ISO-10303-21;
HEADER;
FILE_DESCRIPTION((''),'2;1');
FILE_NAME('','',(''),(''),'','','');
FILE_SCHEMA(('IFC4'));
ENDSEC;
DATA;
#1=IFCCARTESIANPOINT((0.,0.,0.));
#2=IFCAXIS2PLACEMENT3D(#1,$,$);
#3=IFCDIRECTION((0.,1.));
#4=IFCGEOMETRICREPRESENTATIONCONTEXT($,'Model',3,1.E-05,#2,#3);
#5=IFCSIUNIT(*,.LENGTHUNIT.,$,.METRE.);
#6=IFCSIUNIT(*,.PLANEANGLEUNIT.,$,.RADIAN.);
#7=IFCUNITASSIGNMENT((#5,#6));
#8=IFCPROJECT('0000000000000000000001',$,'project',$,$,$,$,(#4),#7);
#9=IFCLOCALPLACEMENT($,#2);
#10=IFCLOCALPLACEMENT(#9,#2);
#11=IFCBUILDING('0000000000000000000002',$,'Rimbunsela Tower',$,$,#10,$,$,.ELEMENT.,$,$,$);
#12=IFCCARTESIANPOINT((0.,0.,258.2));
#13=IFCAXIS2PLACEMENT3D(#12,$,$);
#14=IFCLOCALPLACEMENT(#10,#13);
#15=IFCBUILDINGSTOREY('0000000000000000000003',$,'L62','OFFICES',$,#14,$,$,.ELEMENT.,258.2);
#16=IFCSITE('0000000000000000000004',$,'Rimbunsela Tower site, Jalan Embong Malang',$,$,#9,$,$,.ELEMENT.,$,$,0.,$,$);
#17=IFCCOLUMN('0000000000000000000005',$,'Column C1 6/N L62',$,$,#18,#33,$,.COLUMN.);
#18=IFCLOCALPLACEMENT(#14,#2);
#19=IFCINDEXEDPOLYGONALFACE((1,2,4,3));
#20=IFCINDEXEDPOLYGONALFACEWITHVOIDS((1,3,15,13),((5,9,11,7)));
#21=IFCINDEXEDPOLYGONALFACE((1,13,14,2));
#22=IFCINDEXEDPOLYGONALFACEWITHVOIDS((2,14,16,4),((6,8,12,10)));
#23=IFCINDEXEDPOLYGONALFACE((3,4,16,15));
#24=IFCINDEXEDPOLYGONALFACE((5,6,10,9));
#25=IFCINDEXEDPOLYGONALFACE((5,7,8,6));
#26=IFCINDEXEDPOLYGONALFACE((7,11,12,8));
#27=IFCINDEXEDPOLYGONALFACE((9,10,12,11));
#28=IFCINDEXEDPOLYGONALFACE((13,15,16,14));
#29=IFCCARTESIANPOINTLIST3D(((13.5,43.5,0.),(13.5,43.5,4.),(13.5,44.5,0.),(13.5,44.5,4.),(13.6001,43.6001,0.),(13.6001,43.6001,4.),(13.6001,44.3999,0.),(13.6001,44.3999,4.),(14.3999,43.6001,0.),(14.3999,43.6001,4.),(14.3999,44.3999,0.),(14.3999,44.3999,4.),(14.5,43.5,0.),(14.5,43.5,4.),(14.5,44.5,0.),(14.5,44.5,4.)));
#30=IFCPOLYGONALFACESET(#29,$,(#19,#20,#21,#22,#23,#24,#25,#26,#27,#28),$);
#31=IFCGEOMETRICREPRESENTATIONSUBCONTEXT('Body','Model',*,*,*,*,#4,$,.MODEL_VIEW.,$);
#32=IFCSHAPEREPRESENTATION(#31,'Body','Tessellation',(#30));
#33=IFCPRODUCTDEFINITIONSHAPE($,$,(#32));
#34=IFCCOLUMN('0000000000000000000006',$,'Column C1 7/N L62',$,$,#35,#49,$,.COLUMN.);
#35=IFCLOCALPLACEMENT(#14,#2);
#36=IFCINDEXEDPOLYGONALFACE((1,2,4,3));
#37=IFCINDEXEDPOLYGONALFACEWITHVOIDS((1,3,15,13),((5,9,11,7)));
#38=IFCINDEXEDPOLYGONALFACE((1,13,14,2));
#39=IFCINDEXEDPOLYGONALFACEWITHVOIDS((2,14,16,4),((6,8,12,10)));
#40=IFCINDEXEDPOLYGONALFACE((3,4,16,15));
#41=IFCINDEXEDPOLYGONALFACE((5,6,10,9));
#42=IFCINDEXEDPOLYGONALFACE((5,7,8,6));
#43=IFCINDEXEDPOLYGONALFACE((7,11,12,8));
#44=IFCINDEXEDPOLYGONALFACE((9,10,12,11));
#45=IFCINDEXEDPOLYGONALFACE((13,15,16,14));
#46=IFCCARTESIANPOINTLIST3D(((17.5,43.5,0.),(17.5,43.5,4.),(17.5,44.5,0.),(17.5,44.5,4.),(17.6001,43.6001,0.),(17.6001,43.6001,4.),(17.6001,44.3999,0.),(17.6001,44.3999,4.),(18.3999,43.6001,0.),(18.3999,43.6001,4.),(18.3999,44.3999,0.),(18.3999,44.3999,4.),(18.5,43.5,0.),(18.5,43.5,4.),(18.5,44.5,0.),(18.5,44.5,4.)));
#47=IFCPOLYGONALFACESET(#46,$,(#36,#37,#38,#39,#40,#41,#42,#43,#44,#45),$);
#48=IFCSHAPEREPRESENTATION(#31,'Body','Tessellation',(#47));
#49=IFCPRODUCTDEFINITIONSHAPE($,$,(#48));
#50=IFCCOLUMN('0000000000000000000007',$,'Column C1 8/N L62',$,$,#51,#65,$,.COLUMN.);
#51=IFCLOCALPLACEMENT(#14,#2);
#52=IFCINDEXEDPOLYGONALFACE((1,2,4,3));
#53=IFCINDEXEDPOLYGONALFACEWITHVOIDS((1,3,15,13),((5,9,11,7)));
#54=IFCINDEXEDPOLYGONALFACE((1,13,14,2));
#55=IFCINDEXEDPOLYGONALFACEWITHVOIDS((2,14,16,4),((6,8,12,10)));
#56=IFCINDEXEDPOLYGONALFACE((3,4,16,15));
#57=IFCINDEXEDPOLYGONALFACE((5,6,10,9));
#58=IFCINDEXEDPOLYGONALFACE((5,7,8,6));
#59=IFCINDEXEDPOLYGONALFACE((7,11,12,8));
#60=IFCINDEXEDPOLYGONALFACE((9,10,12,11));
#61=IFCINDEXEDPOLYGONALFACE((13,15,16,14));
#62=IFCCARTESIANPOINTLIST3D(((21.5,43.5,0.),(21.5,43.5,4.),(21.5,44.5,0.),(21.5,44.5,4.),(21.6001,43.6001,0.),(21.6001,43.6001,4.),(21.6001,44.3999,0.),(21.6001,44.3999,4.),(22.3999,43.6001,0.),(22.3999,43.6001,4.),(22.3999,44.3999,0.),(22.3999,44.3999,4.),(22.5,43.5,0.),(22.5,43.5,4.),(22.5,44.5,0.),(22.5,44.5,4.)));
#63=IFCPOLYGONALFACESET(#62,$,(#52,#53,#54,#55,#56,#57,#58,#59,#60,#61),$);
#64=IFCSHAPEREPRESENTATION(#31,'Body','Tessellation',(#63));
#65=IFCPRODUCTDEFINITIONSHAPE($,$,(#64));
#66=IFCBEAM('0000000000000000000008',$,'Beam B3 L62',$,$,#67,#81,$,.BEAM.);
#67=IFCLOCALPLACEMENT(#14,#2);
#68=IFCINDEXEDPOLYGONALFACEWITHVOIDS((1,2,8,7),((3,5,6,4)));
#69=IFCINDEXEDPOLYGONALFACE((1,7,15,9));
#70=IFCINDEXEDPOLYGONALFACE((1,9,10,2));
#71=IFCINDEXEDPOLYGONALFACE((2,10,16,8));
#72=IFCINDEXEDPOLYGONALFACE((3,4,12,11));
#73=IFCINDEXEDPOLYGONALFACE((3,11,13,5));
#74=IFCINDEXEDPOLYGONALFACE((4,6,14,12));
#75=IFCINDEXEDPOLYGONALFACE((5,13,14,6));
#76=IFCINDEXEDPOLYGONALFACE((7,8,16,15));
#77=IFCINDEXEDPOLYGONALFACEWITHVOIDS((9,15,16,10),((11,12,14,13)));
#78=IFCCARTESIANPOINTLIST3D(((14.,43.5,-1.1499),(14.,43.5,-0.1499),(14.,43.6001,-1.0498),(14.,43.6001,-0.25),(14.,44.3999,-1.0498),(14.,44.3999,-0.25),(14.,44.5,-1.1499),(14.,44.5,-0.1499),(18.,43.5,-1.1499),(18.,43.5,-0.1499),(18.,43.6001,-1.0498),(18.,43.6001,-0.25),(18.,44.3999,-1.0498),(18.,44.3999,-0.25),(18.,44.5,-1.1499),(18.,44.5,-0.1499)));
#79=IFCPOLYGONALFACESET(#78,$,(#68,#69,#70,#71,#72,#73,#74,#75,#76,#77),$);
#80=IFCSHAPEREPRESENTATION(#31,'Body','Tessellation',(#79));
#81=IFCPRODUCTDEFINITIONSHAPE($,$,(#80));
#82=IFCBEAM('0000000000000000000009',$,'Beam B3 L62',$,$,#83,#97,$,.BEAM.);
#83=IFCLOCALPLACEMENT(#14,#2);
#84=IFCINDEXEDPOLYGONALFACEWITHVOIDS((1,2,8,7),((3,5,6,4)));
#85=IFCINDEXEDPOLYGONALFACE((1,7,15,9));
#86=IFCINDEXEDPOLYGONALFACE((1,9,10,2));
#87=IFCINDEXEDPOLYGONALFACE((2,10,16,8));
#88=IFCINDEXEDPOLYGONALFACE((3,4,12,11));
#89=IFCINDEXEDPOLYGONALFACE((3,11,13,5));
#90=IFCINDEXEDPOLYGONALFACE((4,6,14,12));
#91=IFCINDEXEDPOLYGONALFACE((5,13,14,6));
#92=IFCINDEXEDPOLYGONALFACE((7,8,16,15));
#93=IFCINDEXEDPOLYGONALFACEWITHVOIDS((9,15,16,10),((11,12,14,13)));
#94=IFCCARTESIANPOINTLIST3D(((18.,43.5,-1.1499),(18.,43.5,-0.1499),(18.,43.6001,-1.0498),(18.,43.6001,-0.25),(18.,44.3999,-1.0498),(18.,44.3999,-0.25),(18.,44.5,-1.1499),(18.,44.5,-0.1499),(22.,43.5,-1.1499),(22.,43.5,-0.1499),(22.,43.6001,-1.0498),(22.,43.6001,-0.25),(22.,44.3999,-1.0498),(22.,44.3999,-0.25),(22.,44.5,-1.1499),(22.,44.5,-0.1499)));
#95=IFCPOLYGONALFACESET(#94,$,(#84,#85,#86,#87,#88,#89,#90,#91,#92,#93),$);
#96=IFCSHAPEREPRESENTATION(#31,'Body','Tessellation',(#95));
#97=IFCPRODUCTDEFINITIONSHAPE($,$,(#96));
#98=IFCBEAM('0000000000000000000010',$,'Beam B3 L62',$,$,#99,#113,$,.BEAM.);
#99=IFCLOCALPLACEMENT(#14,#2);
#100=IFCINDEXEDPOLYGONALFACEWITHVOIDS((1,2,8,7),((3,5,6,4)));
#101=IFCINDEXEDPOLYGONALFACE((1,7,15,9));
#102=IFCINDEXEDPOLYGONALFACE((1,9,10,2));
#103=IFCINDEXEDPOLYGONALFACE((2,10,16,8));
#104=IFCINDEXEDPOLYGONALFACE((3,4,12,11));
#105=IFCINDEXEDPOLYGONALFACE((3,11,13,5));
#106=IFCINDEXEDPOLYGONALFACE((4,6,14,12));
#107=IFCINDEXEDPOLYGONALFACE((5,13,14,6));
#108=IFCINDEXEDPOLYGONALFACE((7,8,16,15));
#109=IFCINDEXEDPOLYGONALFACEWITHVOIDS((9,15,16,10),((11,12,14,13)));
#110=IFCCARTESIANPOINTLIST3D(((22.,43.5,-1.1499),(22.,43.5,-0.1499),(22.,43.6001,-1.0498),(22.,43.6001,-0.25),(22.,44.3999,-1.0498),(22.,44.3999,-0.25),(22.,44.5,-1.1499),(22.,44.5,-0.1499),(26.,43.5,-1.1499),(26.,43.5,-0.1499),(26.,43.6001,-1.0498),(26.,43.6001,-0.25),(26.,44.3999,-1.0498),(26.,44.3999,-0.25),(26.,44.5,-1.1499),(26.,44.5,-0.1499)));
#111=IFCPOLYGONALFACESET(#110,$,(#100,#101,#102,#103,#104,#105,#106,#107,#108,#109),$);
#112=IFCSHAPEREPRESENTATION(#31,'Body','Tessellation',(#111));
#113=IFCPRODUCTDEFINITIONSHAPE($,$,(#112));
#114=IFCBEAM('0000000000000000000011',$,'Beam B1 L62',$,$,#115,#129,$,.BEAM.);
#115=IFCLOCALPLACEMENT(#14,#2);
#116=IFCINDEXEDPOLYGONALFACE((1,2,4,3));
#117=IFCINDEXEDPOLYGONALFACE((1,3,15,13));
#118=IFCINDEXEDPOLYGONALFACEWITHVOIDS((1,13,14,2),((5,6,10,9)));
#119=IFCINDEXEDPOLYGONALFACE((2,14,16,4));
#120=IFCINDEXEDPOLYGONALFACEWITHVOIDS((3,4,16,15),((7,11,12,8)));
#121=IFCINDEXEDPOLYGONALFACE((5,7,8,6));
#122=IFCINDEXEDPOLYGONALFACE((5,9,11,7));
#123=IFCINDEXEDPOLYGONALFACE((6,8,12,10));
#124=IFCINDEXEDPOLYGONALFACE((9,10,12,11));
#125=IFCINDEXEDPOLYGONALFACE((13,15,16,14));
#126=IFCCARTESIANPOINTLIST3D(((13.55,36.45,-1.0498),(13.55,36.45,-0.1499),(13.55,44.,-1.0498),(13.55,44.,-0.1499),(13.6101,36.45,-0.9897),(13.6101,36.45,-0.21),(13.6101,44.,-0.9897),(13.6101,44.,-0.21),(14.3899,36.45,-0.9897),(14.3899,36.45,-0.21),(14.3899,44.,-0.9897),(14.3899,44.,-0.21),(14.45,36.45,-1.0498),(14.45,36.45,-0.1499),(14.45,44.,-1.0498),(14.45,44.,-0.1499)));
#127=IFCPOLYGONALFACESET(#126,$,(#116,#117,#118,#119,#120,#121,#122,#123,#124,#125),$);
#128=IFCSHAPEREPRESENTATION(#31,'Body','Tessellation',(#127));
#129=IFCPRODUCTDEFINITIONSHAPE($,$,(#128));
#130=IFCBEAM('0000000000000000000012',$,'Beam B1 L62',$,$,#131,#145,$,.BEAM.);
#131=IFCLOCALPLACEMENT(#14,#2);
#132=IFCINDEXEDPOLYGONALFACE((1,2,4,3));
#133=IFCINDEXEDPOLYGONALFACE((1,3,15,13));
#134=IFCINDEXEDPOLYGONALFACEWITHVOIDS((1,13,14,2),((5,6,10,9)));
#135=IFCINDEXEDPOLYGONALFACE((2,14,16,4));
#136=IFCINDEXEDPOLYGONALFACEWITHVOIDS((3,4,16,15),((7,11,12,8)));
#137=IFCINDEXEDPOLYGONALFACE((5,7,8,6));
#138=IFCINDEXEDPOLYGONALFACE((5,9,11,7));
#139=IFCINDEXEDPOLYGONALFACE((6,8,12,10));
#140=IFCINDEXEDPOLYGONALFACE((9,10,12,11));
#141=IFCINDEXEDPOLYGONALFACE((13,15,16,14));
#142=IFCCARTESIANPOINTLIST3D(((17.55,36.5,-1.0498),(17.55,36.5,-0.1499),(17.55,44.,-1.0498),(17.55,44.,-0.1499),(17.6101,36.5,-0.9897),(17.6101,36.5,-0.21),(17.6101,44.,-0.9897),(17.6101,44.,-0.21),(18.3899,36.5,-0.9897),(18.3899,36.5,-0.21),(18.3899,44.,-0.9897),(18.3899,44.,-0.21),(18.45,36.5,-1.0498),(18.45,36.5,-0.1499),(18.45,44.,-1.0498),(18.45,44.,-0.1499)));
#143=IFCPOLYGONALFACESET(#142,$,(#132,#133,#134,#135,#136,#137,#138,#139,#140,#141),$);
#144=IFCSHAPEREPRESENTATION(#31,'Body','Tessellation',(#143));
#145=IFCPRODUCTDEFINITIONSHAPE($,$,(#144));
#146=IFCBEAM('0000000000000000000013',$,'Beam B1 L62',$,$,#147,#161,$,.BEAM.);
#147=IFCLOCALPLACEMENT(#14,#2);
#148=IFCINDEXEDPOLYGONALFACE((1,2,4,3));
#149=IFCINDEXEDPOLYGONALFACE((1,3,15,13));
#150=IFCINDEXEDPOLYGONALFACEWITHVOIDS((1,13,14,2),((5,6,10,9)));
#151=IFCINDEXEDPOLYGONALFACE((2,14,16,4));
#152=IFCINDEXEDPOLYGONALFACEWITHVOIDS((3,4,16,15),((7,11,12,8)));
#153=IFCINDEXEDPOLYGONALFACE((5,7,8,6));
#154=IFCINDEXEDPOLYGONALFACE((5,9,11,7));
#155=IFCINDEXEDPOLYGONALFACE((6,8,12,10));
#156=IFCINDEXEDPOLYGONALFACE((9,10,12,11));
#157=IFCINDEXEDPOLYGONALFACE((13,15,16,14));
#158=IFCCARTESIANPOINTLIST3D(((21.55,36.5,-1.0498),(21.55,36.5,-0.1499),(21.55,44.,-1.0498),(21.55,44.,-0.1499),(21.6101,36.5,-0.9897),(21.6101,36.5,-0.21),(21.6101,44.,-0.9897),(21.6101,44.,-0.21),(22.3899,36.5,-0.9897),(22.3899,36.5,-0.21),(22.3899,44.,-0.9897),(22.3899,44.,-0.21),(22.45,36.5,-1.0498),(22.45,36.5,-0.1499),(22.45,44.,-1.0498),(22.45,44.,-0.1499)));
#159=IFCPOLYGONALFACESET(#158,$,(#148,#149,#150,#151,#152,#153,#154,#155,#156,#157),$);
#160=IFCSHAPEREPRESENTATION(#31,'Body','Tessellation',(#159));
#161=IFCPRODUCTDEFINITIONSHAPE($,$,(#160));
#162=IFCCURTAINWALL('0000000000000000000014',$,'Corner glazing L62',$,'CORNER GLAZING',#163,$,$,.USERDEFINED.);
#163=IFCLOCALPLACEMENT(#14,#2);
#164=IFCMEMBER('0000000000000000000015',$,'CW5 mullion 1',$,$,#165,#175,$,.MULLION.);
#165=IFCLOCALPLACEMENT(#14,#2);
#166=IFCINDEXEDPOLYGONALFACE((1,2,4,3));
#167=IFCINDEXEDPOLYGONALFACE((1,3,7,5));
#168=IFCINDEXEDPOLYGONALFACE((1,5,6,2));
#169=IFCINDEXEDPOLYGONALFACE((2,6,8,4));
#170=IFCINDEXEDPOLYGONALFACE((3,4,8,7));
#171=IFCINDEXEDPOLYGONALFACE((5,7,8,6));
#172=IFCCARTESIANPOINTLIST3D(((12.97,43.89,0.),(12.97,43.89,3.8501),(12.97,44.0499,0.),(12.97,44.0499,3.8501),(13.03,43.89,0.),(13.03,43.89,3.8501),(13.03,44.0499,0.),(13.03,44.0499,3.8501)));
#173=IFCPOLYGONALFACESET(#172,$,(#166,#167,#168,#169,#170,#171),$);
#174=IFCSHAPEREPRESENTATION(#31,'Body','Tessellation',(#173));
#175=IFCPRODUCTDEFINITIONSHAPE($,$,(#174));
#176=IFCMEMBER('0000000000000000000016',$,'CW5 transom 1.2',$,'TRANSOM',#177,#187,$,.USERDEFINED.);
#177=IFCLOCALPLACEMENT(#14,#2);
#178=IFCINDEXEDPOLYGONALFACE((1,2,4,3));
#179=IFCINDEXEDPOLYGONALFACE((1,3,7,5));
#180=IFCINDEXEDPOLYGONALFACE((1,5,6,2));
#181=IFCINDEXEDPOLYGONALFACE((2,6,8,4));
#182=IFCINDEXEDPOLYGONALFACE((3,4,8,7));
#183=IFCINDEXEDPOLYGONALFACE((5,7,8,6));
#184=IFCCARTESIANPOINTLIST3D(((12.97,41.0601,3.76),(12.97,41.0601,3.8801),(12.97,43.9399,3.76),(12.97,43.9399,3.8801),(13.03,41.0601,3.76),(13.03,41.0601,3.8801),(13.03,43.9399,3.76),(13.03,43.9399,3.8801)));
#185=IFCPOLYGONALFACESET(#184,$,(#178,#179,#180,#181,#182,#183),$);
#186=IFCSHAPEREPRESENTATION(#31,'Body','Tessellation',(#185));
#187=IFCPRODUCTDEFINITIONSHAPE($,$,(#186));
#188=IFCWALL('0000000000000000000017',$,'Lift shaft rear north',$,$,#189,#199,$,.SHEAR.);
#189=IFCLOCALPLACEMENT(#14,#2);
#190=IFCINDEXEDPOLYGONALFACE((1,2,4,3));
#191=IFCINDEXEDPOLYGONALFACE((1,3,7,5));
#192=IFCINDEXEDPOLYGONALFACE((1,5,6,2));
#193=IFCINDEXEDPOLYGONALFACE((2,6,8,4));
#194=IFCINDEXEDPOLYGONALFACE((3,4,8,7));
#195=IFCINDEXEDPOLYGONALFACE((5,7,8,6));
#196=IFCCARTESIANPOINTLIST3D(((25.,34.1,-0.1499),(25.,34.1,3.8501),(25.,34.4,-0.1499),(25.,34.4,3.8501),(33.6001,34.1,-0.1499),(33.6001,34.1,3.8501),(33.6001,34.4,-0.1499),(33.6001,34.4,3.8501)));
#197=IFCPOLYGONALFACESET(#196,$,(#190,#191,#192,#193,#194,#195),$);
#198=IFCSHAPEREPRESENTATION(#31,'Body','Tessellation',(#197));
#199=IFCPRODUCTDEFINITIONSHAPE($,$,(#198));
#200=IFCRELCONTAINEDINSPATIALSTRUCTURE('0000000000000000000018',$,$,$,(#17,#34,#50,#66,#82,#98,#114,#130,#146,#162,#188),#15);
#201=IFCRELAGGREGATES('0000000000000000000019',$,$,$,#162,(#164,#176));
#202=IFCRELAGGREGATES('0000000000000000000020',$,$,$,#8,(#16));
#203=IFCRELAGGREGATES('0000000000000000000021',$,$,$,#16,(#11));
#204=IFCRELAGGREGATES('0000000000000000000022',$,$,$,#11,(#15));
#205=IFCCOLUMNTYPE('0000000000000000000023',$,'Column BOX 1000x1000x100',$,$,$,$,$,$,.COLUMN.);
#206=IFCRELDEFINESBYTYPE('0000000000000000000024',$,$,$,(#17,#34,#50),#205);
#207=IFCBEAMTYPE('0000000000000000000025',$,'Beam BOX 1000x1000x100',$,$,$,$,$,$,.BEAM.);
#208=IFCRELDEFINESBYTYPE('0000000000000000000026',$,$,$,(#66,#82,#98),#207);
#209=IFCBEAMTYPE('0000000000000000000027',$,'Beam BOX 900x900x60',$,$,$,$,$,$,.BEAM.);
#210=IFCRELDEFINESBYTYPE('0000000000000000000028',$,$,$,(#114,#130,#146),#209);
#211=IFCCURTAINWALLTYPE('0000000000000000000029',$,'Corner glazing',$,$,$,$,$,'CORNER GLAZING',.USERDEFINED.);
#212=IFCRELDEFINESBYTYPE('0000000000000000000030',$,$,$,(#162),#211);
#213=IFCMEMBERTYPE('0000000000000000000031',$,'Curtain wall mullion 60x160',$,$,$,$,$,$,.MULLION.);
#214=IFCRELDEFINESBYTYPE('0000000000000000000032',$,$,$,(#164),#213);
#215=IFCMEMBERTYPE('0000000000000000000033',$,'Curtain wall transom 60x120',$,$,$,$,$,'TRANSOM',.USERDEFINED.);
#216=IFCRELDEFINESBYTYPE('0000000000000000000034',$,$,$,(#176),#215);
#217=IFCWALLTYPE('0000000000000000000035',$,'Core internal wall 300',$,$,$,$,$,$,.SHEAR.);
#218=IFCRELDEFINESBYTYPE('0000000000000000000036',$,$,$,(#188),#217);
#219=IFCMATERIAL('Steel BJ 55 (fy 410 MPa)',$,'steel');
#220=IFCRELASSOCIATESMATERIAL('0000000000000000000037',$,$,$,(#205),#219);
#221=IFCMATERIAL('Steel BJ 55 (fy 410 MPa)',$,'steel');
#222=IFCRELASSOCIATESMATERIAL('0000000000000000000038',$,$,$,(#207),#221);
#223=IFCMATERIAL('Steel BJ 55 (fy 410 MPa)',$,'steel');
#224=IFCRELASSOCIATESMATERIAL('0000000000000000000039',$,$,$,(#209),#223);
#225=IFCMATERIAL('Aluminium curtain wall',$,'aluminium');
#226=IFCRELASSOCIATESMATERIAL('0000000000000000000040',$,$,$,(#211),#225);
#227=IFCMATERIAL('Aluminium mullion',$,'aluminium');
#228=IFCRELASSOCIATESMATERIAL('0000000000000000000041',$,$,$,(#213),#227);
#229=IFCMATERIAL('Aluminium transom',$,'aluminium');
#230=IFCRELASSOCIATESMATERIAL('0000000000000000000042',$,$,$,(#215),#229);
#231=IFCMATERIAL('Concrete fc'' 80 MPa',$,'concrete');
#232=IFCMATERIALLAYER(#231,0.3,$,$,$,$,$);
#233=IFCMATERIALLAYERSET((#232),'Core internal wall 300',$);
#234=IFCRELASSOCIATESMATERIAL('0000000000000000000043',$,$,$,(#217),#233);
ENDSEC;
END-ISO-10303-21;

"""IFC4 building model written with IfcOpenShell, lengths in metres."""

from ifc_helpers import new_model, si_unit, direction, frame, frame_2d, origin, origin_2d, place, context, subcontext, project, spatial, rectangle, hollow_rectangle, extrude, material, layer, layer_set, material_profile, profile_set, type_object, element, aggregate, save


model = new_model("IFC4")

# Units and contexts
model_context = context("Model", 3, precision=1e-05, world=origin(), true_north=direction((0.0, 1.0)))
body_context = subcontext(model_context, "Body", "Model", "MODEL_VIEW")
ifc_project = project(units=[si_unit("LENGTHUNIT", "METRE"), si_unit("PLANEANGLEUNIT", "RADIAN")], contexts=[model_context])

# Site, building, storey
site_placement = place(None, origin())
site = spatial("IfcSite", under=ifc_project, at=site_placement, Name="Rimbunsela Tower site, Jalan Embong Malang", CompositionType="ELEMENT", RefElevation=0.0)
building_placement = place(site_placement, origin())
building = spatial("IfcBuilding", under=site, at=building_placement, Name="Rimbunsela Tower", CompositionType="ELEMENT")
storey_placement = place(building_placement, frame((0.0, 0.0, 258.2)))
storey = spatial("IfcBuildingStorey", under=building, at=storey_placement, Name="L62", Description="OFFICES", CompositionType="ELEMENT", Elevation=258.2)

# Columns
ifc_material_1 = material(Name="Steel BJ 55 (fy 410 MPa)", Category="steel")
ifc_material_profile_1 = material_profile(ifc_material_1, hollow_rectangle(XDim=1.0, YDim=1.0, WallThickness=0.1001, at=origin_2d()), Name="BOX 1000x1000x100")
ifc_profile_set_1 = profile_set([ifc_material_profile_1], Name="Steel BJ 55 (fy 410 MPa)")
column_type = type_object("IfcColumnType", Name="Column BOX 1000x1000x100", PredefinedType="COLUMN", material=ifc_profile_set_1)
for number, where, z_axis, x_axis, name in (
    (1, (14.0, 44.0, 0.0), (0.0, 0.0, 1.0), (1.0, 0.0, 0.0), "Column C1 6/N L62"),
    (2, (18.0, 44.0, 0.0), (0.0, 0.0, 1.0), (1.0, 0.0, 0.0), "Column C1 7/N L62"),
    (3, (22.0, 44.0, 0.0), (0.0, 0.0, 1.0), (1.0, 0.0, 0.0), "Column C1 8/N L62"),
):
    element("IfcColumn", number, at=place(storey_placement, frame(where, z_axis=z_axis, x_axis=x_axis)), inside=storey, type_object=column_type, Name=name, PredefinedType="COLUMN", context=body_context, shape_type="SweptSolid", body=[
        extrude(hollow_rectangle(XDim=1.0, YDim=1.0, WallThickness=0.1001, at=origin_2d()), origin(), (0.0, 0.0, 1.0), 4.0),
    ])

# Beams
ifc_material_2 = material(Name="Steel BJ 55 (fy 410 MPa)", Category="steel")
ifc_material_profile_2 = material_profile(ifc_material_2, hollow_rectangle(XDim=1.0, YDim=1.0, WallThickness=0.1001, at=origin_2d()), Name="BOX 1000x1000x100")
ifc_profile_set_2 = profile_set([ifc_material_profile_2], Name="Steel BJ 55 (fy 410 MPa)")
beam_type_1 = type_object("IfcBeamType", Name="Beam BOX 1000x1000x100", PredefinedType="BEAM", material=ifc_profile_set_2)
for number, where, z_axis, x_axis, name in (
    (4, (14.0, 44.0, -0.6499), (1.0, 0.0, 0.0), (0.0, 1.0, 0.0), "Beam B3 L62"),
    (5, (18.0, 44.0, -0.6499), (1.0, 0.0, 0.0), (0.0, 1.0, 0.0), "Beam B3 L62"),
    (6, (22.0, 44.0, -0.6499), (1.0, 0.0, 0.0), (0.0, 1.0, 0.0), "Beam B3 L62"),
):
    element("IfcBeam", number, at=place(storey_placement, frame(where, z_axis=z_axis, x_axis=x_axis)), inside=storey, type_object=beam_type_1, Name=name, PredefinedType="BEAM", context=body_context, shape_type="SweptSolid", body=[
        extrude(hollow_rectangle(XDim=1.0, YDim=1.0, WallThickness=0.1001, at=origin_2d()), origin(), (0.0, 0.0, 1.0), 4.0),
    ])
ifc_material_3 = material(Name="Steel BJ 55 (fy 410 MPa)", Category="steel")
ifc_material_profile_3 = material_profile(ifc_material_3, hollow_rectangle(XDim=0.8999, YDim=0.8999, WallThickness=0.0601, at=origin_2d()), Name="BOX 900x900x60")
ifc_profile_set_3 = profile_set([ifc_material_profile_3], Name="Steel BJ 55 (fy 410 MPa)")
beam_type_2 = type_object("IfcBeamType", Name="Beam BOX 900x900x60", PredefinedType="BEAM", material=ifc_profile_set_3)
beam_placement = place(storey_placement, frame((14.0, 36.45, -0.5999), z_axis=(0.0, 1.0, 0.0), x_axis=(-1.0, 0.0, 0.0)))
element("IfcBeam", 7, at=beam_placement, inside=storey, type_object=beam_type_2, Name="Beam B1 L62", PredefinedType="BEAM", context=body_context, shape_type="SweptSolid", body=[
    extrude(hollow_rectangle(XDim=0.8999, YDim=0.8999, WallThickness=0.0601, at=origin_2d()), origin(), (0.0, 0.0, 1.0), 7.55),
])
for number, where, z_axis, x_axis, name in (
    (8, (18.0, 36.5, -0.5999), (0.0, 1.0, 0.0), (-1.0, 0.0, 0.0), "Beam B1 L62"),
    (9, (22.0, 36.5, -0.5999), (0.0, 1.0, 0.0), (-1.0, 0.0, 0.0), "Beam B1 L62"),
):
    element("IfcBeam", number, at=place(storey_placement, frame(where, z_axis=z_axis, x_axis=x_axis)), inside=storey, type_object=beam_type_2, Name=name, PredefinedType="BEAM", context=body_context, shape_type="SweptSolid", body=[
        extrude(hollow_rectangle(XDim=0.8999, YDim=0.8999, WallThickness=0.0601, at=origin_2d()), origin(), (0.0, 0.0, 1.0), 7.5),
    ])

# Curtain wall, members
ifc_material_4 = material(Name="Aluminium curtain wall", Category="aluminium")
curtain_wall_type = type_object("IfcCurtainWallType", Name="Corner glazing", ElementType="CORNER GLAZING", PredefinedType="USERDEFINED", material=ifc_material_4)
curtain_wall_placement = place(storey_placement, origin())
curtain_wall = element("IfcCurtainWall", 10, at=curtain_wall_placement, inside=storey, type_object=curtain_wall_type, Name="Corner glazing L62", ObjectType="CORNER GLAZING", PredefinedType="USERDEFINED")
ifc_material_5 = material(Name="Aluminium mullion", Category="aluminium")
ifc_material_profile_4 = material_profile(ifc_material_5, rectangle(XDim=0.0601, YDim=0.1599, at=origin_2d()), Name="Mullion 60x160")
ifc_profile_set_4 = profile_set([ifc_material_profile_4], Name="Aluminium mullion")
member_type_1 = type_object("IfcMemberType", Name="Curtain wall mullion 60x160", PredefinedType="MULLION", material=ifc_profile_set_4)
member_1_placement = place(storey_placement, frame((13.0, 43.97, 0.0), z_axis=(0.0, 0.0, 1.0), x_axis=(1.0, 0.0, 0.0)))
member_1 = element("IfcMember", 11, at=member_1_placement, type_object=member_type_1, Name="CW5 mullion 1", PredefinedType="MULLION", context=body_context, shape_type="SweptSolid", body=[
    extrude(rectangle(XDim=0.0601, YDim=0.1599, at=origin_2d()), origin(), (0.0, 0.0, 1.0), 3.8501),
])
ifc_material_6 = material(Name="Aluminium transom", Category="aluminium")
ifc_material_profile_5 = material_profile(ifc_material_6, rectangle(XDim=0.0601, YDim=0.1201, at=origin_2d()), Name="Transom 60x120")
ifc_profile_set_5 = profile_set([ifc_material_profile_5], Name="Aluminium transom")
member_type_2 = type_object("IfcMemberType", Name="Curtain wall transom 60x120", ElementType="TRANSOM", PredefinedType="USERDEFINED", material=ifc_profile_set_5)
member_2_placement = place(storey_placement, frame((13.0, 43.9399, 3.8201), z_axis=(0.0, -1.0, 0.0), x_axis=(1.0, 0.0, 0.0)))
member_2 = element("IfcMember", 12, at=member_2_placement, type_object=member_type_2, Name="CW5 transom 1.2", ObjectType="TRANSOM", PredefinedType="USERDEFINED", context=body_context, shape_type="SweptSolid", body=[
    extrude(rectangle(XDim=0.0601, YDim=0.1201, at=origin_2d()), origin(), (0.0, 0.0, 1.0), 2.8799),
])
aggregate(curtain_wall, [member_1, member_2])

# Wall
ifc_material_7 = material(Name="Concrete fc' 80 MPa", Category="concrete")
ifc_layer_1 = layer(ifc_material_7, 0.3)
ifc_layer_set_1 = layer_set([ifc_layer_1], Name="Core internal wall 300")
wall_type_1 = type_object("IfcWallType", Name="Core internal wall 300", PredefinedType="SHEAR", material=ifc_layer_set_1)
wall_1_placement = place(storey_placement, frame((25.0, 34.25, -0.1499), z_axis=(0.0, 0.0, 1.0), x_axis=(1.0, 0.0, 0.0)))
element("IfcWall", 13, at=wall_1_placement, inside=storey, type_object=wall_type_1, Name="Lift shaft rear north", PredefinedType="SHEAR", context=body_context, shape_type="SweptSolid", body=[
    extrude(rectangle(XDim=8.6001, YDim=0.3, at=frame_2d((4.3, 0.0))), origin(), (0.0, 0.0, 1.0), 4.0),
])

save(model, "model.ifc")
